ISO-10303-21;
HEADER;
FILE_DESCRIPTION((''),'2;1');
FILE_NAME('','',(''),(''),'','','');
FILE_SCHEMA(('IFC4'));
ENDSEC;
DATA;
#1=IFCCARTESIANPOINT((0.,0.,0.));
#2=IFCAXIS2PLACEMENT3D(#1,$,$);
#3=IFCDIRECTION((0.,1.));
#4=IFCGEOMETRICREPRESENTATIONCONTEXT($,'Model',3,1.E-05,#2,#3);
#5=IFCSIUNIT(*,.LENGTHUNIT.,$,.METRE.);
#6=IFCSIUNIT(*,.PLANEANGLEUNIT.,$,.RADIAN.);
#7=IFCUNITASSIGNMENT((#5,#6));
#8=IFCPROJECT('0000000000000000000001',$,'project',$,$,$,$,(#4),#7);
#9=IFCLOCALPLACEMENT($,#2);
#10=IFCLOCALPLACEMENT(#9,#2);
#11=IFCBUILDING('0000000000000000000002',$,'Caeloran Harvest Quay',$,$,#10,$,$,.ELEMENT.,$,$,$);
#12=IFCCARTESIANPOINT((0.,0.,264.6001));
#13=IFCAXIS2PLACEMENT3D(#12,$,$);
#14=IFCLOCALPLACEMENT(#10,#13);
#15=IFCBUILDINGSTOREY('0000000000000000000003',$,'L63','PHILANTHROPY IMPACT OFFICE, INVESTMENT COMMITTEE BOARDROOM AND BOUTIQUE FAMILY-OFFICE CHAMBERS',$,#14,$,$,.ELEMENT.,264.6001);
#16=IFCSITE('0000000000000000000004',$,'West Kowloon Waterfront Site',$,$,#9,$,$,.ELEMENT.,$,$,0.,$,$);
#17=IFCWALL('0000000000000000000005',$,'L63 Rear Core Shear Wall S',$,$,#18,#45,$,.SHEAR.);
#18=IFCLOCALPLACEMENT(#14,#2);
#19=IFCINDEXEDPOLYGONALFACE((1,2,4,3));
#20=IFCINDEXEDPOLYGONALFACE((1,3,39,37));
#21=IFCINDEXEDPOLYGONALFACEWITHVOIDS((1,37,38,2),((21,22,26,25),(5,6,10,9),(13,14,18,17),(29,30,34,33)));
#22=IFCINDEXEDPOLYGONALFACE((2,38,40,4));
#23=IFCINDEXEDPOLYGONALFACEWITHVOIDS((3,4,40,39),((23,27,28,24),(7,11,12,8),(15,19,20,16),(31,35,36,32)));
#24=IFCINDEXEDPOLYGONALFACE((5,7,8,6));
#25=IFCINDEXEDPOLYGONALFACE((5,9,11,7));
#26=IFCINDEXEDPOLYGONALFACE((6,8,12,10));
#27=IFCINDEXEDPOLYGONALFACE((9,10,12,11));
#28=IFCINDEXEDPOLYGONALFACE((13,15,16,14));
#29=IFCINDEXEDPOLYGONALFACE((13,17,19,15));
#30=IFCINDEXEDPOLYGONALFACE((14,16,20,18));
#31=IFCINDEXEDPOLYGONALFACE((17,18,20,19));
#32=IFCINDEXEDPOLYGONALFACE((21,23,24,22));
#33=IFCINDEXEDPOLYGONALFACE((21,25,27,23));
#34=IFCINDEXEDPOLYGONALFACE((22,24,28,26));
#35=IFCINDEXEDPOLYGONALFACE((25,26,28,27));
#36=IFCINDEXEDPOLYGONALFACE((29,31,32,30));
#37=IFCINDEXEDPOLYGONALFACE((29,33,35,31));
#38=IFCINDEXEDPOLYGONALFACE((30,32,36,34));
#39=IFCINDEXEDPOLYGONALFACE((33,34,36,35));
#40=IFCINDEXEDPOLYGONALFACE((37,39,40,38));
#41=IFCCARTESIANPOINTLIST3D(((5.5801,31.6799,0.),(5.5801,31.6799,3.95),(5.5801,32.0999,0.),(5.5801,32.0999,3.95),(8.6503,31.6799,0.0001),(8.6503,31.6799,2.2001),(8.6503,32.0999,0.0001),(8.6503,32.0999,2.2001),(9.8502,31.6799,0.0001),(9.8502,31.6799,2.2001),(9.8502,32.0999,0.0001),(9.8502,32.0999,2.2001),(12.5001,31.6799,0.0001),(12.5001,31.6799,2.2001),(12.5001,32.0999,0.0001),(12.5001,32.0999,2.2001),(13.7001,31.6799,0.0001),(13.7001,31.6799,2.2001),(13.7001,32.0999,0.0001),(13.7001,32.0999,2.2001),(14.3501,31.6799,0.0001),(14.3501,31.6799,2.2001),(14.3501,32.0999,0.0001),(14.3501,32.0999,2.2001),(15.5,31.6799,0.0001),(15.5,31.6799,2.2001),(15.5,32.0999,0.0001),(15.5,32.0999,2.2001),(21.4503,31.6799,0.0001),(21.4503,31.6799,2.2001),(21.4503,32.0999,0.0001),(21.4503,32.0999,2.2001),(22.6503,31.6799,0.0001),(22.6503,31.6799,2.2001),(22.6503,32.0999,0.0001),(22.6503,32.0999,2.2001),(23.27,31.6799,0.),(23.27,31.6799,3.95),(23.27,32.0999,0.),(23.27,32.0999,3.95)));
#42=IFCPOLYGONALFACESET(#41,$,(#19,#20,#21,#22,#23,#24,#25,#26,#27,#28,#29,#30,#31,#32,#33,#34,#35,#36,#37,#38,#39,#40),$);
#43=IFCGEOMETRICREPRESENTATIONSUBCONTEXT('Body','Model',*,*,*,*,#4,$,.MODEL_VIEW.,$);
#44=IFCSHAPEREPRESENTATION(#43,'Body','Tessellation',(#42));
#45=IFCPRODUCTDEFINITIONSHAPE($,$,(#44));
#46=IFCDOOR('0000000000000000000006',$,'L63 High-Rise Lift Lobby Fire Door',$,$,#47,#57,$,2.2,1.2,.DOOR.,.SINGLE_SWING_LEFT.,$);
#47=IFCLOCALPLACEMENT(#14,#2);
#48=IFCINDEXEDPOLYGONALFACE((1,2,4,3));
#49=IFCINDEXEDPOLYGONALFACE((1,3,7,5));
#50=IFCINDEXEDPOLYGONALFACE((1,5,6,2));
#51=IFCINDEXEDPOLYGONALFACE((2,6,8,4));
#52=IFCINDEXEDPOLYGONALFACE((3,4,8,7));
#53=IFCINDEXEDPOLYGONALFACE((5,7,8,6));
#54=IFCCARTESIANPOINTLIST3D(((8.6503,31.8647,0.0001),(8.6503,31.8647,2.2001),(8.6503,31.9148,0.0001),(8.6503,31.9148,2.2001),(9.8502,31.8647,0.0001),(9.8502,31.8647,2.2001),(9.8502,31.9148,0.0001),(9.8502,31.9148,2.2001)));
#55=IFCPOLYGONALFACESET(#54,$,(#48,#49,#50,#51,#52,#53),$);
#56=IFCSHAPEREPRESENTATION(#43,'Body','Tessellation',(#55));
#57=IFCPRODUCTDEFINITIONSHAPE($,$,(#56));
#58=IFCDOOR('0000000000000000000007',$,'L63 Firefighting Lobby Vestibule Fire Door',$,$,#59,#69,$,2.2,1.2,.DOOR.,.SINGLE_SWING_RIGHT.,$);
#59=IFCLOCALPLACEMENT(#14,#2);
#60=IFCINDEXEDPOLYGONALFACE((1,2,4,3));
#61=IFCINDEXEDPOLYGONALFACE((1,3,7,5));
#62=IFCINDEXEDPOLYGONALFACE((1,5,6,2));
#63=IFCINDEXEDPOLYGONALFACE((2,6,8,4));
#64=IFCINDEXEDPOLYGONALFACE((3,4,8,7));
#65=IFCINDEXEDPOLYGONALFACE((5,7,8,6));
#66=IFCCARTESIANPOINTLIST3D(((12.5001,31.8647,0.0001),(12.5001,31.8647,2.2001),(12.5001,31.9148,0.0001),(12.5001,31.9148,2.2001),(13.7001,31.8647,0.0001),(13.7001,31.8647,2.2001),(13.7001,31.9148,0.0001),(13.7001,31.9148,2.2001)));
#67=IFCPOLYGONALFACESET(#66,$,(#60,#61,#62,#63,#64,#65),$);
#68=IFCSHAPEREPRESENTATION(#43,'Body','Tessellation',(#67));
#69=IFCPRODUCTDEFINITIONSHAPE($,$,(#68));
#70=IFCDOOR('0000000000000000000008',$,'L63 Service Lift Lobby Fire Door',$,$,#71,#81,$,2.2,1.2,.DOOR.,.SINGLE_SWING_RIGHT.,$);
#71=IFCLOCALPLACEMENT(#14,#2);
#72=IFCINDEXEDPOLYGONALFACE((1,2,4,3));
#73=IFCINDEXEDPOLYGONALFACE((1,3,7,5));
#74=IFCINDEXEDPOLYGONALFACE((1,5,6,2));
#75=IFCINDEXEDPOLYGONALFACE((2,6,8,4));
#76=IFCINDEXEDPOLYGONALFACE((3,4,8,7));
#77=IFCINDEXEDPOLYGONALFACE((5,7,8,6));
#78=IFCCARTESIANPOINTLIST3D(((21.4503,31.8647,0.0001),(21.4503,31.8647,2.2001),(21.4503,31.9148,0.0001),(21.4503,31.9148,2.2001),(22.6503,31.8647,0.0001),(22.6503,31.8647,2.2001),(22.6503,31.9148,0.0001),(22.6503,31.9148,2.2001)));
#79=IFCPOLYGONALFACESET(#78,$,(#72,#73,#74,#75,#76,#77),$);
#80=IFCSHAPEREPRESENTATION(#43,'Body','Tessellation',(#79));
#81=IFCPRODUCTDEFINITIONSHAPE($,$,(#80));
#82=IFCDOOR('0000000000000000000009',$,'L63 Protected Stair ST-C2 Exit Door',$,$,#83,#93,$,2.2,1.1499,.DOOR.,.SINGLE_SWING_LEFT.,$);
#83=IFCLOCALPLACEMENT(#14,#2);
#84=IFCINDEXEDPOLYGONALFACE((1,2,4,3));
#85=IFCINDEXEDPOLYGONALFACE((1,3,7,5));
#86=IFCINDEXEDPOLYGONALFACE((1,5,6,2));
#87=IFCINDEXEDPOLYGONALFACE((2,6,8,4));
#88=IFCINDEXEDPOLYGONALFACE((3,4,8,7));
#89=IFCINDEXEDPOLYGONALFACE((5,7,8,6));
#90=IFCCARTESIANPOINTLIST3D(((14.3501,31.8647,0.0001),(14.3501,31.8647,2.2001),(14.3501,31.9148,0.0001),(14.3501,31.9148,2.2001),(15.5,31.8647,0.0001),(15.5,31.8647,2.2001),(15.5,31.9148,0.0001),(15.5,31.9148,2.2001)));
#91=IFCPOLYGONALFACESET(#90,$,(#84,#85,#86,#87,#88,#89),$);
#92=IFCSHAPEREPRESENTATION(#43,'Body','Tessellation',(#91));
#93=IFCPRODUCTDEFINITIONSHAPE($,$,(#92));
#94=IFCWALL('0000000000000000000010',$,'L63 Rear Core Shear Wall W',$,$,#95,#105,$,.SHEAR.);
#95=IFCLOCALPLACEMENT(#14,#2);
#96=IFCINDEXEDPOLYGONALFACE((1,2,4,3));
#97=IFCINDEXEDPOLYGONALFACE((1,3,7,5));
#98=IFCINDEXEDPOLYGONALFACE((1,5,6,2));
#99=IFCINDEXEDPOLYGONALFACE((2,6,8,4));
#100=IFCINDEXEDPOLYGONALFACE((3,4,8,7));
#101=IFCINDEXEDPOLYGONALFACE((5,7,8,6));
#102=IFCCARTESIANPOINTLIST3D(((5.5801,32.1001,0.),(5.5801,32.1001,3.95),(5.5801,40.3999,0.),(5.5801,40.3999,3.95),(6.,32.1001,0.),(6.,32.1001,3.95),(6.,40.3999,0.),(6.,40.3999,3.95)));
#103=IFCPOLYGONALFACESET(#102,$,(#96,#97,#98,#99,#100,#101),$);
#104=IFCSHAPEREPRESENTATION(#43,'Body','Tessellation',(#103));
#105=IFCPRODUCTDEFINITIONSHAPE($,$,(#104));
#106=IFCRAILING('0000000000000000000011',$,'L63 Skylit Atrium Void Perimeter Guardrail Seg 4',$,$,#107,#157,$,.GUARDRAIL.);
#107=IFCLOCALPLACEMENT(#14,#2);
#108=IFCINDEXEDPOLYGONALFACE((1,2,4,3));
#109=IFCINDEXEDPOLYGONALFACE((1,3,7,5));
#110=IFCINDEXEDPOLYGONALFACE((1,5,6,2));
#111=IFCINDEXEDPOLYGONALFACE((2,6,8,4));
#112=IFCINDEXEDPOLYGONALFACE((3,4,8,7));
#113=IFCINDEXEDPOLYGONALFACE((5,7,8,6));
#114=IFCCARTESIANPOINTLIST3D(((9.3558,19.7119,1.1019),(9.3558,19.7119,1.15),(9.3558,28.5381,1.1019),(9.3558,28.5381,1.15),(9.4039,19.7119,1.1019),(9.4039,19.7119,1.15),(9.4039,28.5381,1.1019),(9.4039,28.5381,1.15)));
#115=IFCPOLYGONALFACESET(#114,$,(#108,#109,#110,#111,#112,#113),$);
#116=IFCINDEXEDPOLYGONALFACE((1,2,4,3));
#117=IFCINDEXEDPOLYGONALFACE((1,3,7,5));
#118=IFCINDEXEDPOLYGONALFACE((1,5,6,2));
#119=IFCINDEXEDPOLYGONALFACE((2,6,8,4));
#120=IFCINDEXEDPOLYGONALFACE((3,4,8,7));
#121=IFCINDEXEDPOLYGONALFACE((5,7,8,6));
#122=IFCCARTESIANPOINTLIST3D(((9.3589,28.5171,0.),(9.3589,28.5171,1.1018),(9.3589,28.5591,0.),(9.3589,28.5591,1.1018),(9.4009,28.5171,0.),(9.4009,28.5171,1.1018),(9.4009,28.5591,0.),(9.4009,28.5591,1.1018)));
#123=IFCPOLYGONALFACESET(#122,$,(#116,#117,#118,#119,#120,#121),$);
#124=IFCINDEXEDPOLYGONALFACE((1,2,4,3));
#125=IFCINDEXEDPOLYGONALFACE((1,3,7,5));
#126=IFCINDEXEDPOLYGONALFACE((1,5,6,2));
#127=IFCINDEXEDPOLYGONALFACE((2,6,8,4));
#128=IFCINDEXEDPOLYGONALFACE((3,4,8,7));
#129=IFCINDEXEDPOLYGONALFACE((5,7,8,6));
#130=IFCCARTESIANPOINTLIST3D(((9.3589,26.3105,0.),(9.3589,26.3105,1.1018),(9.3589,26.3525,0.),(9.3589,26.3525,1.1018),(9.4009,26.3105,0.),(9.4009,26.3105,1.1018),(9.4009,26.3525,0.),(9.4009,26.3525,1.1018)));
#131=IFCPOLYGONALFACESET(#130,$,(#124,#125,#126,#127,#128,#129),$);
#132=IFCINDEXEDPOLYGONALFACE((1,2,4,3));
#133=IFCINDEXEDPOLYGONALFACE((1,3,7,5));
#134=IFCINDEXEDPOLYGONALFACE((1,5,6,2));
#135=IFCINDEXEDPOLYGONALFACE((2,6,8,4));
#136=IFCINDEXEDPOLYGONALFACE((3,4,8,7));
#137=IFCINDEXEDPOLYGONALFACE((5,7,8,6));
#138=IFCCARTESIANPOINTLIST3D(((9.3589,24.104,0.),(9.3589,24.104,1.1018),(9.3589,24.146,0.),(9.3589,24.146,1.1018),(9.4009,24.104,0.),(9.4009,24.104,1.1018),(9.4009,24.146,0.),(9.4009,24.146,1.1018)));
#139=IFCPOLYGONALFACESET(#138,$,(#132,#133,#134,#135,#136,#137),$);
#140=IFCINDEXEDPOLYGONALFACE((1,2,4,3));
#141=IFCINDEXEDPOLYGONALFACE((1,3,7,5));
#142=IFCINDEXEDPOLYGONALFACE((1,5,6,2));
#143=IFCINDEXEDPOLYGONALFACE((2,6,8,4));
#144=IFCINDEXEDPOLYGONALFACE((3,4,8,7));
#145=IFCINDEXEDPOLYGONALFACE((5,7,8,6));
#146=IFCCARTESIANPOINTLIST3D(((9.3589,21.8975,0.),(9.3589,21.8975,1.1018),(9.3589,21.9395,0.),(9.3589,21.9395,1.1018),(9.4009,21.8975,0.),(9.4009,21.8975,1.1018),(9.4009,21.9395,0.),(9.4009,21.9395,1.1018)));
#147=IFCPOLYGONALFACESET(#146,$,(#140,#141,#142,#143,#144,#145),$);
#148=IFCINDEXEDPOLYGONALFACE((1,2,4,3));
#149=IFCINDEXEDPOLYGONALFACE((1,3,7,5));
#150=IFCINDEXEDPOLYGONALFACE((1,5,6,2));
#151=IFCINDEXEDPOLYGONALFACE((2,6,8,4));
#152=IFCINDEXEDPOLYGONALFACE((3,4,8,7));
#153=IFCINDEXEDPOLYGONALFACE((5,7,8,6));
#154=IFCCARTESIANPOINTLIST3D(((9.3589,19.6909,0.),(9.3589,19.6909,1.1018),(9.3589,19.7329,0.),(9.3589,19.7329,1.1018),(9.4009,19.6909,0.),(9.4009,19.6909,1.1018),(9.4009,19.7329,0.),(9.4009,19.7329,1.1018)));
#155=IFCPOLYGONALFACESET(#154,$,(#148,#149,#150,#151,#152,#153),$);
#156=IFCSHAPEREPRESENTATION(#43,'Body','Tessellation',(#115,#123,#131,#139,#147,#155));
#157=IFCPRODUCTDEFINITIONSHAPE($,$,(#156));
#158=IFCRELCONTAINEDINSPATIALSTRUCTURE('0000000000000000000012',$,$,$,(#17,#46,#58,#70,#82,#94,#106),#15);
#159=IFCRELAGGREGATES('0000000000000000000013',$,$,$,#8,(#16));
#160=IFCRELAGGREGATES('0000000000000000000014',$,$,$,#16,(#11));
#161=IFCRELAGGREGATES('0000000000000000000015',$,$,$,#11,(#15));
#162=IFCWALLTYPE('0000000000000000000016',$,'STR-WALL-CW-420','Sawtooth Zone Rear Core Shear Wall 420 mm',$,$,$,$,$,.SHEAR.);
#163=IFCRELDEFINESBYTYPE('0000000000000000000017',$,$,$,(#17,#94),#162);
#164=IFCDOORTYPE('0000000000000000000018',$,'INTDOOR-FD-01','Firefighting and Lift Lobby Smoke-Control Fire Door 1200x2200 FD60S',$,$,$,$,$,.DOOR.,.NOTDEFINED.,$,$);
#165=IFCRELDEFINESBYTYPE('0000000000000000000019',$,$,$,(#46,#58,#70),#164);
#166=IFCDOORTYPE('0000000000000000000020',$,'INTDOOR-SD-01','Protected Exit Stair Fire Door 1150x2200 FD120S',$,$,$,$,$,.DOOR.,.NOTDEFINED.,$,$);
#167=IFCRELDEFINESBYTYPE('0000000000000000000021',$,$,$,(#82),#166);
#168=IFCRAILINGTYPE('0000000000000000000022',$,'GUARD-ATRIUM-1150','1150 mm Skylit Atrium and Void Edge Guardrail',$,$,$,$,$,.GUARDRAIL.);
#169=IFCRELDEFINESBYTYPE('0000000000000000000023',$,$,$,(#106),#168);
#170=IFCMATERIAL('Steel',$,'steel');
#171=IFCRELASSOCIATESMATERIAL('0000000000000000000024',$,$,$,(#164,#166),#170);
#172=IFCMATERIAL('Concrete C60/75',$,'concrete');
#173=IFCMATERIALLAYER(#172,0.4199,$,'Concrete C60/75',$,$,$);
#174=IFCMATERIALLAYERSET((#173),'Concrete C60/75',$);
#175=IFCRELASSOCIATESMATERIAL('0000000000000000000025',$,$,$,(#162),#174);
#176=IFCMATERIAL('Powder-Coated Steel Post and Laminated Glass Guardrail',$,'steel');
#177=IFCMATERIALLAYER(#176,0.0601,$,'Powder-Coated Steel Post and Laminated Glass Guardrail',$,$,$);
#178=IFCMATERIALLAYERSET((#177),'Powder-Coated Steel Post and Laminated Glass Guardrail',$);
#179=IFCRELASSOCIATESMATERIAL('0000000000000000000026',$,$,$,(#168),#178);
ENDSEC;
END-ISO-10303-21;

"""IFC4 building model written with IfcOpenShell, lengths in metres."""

from ifc_helpers import new_model, si_unit, direction, frame, frame_2d, origin, origin_2d, place, context, subcontext, project, spatial, rectangle, extrude, material, layer, layer_set, type_object, element, fill, save


model = new_model("IFC4")

# Units and contexts
model_context = context("Model", 3, precision=1e-05, world=origin(), true_north=direction((0.0, 1.0)))
body_context = subcontext(model_context, "Body", "Model", "MODEL_VIEW")
ifc_project = project(units=[si_unit("LENGTHUNIT", "METRE"), si_unit("PLANEANGLEUNIT", "RADIAN")], contexts=[model_context])

# Site, building, storey
site_placement = place(None, origin())
site = spatial("IfcSite", under=ifc_project, at=site_placement, Name="West Kowloon Waterfront Site", CompositionType="ELEMENT", RefElevation=0.0)
building_placement = place(site_placement, origin())
building = spatial("IfcBuilding", under=site, at=building_placement, Name="Caeloran Harvest Quay", CompositionType="ELEMENT")
storey_placement = place(building_placement, frame((0.0, 0.0, 264.6001)))
storey = spatial("IfcBuildingStorey", under=building, at=storey_placement, Name="L63", Description="PHILANTHROPY IMPACT OFFICE, INVESTMENT COMMITTEE BOARDROOM AND BOUTIQUE FAMILY-OFFICE CHAMBERS", CompositionType="ELEMENT", Elevation=264.6001)

# Shared definitions
ifc_material_1 = material(Name="Concrete C60/75", Category="concrete")

# Shared definitions
ifc_material_2 = material(Name="Steel", Category="steel")
door_type_1 = type_object("IfcDoorType", Name="INTDOOR-FD-01", Description="Firefighting and Lift Lobby Smoke-Control Fire Door 1200x2200 FD60S", OperationType="NOTDEFINED", PredefinedType="DOOR", material=ifc_material_2)

# Wall, openings, doors
ifc_layer_1 = layer(ifc_material_1, 0.4199, Name="Concrete C60/75")
ifc_layer_set_1 = layer_set([ifc_layer_1], Name="Concrete C60/75")
wall_type_1 = type_object("IfcWallType", Name="STR-WALL-CW-420", Description="Sawtooth Zone Rear Core Shear Wall 420 mm", PredefinedType="SHEAR", material=ifc_layer_set_1)
wall_1_placement = place(storey_placement, frame((5.5801, 31.8899, 0.0), z_axis=(0.0, 0.0, 1.0), x_axis=(1.0, 0.0, 0.0)))
wall_1 = element("IfcWall", 1, at=wall_1_placement, inside=storey, type_object=wall_type_1, Name="L63 Rear Core Shear Wall S", PredefinedType="SHEAR", context=body_context, shape_type="SweptSolid", body=[
    extrude(rectangle(XDim=17.6899, YDim=0.4199, at=frame_2d((8.845, 0.0))), origin(), (0.0, 0.0, 1.0), 3.95),
])
opening_1_placement = place(wall_1_placement, frame((3.0701, 0.0, 0.0)))
opening_1 = element("IfcOpeningElement", 2, at=opening_1_placement, cuts=wall_1, PredefinedType="OPENING", context=body_context, shape_type="SweptSolid", body=[
    extrude(rectangle(XDim=1.2, YDim=2.2, at=frame_2d((0.6001, 1.1001))), frame((0.0, 0.22, 0.0), z_axis=(0.0, -1.0, 0.0), x_axis=(1.0, 0.0, 0.0)), (0.0, 0.0, 1.0), 0.4399),
])
opening_2_placement = place(wall_1_placement, frame((6.9199, 0.0, 0.0)))
opening_2 = element("IfcOpeningElement", 3, at=opening_2_placement, cuts=wall_1, PredefinedType="OPENING", context=body_context, shape_type="SweptSolid", body=[
    extrude(rectangle(XDim=1.2, YDim=2.2, at=frame_2d((0.6001, 1.1001))), frame((0.0, 0.22, 0.0), z_axis=(0.0, -1.0, 0.0), x_axis=(1.0, 0.0, 0.0)), (0.0, 0.0, 1.0), 0.4399),
])
opening_3_placement = place(wall_1_placement, frame((8.77, 0.0, 0.0)))
opening_3 = element("IfcOpeningElement", 4, at=opening_3_placement, cuts=wall_1, PredefinedType="OPENING", context=body_context, shape_type="SweptSolid", body=[
    extrude(rectangle(XDim=1.1499, YDim=2.2, at=frame_2d((0.575, 1.1001))), frame((0.0, 0.22, 0.0), z_axis=(0.0, -1.0, 0.0), x_axis=(1.0, 0.0, 0.0)), (0.0, 0.0, 1.0), 0.4399),
])
opening_4_placement = place(wall_1_placement, frame((15.8701, 0.0, 0.0)))
opening_4 = element("IfcOpeningElement", 5, at=opening_4_placement, cuts=wall_1, PredefinedType="OPENING", context=body_context, shape_type="SweptSolid", body=[
    extrude(rectangle(XDim=1.2, YDim=2.2, at=frame_2d((0.6001, 1.1001))), frame((0.0, 0.22, 0.0), z_axis=(0.0, -1.0, 0.0), x_axis=(1.0, 0.0, 0.0)), (0.0, 0.0, 1.0), 0.4399),
])
door_1_placement = place(opening_1_placement, origin())
door_1 = element("IfcDoor", 6, at=door_1_placement, inside=storey, type_object=door_type_1, Name="L63 High-Rise Lift Lobby Fire Door", OperationType="SINGLE_SWING_LEFT", OverallHeight=2.2, OverallWidth=1.2, PredefinedType="DOOR", context=body_context, shape_type="SweptSolid", body=[
    extrude(rectangle(XDim=1.2, YDim=2.2, at=frame_2d((0.6001, 1.1001))), frame((0.0, 0.0249, 0.0), z_axis=(0.0, -1.0, 0.0), x_axis=(1.0, 0.0, 0.0)), (0.0, 0.0, 1.0), 0.05),
])
fill(opening_1, door_1)
door_2_placement = place(opening_2_placement, origin())
door_2 = element("IfcDoor", 7, at=door_2_placement, inside=storey, type_object=door_type_1, Name="L63 Firefighting Lobby Vestibule Fire Door", OperationType="SINGLE_SWING_RIGHT", OverallHeight=2.2, OverallWidth=1.2, PredefinedType="DOOR", context=body_context, shape_type="SweptSolid", body=[
    extrude(rectangle(XDim=1.2, YDim=2.2, at=frame_2d((0.6001, 1.1001))), frame((0.0, 0.0249, 0.0), z_axis=(0.0, -1.0, 0.0), x_axis=(1.0, 0.0, 0.0)), (0.0, 0.0, 1.0), 0.05),
])
fill(opening_2, door_2)
door_3_placement = place(opening_4_placement, origin())
door_3 = element("IfcDoor", 8, at=door_3_placement, inside=storey, type_object=door_type_1, Name="L63 Service Lift Lobby Fire Door", OperationType="SINGLE_SWING_RIGHT", OverallHeight=2.2, OverallWidth=1.2, PredefinedType="DOOR", context=body_context, shape_type="SweptSolid", body=[
    extrude(rectangle(XDim=1.2, YDim=2.2, at=frame_2d((0.6001, 1.1001))), frame((0.0, 0.0249, 0.0), z_axis=(0.0, -1.0, 0.0), x_axis=(1.0, 0.0, 0.0)), (0.0, 0.0, 1.0), 0.05),
])
fill(opening_4, door_3)
door_type_2 = type_object("IfcDoorType", Name="INTDOOR-SD-01", Description="Protected Exit Stair Fire Door 1150x2200 FD120S", OperationType="NOTDEFINED", PredefinedType="DOOR", material=ifc_material_2)
door_4_placement = place(opening_3_placement, origin())
door_4 = element("IfcDoor", 9, at=door_4_placement, inside=storey, type_object=door_type_2, Name="L63 Protected Stair ST-C2 Exit Door", OperationType="SINGLE_SWING_LEFT", OverallHeight=2.2, OverallWidth=1.1499, PredefinedType="DOOR", context=body_context, shape_type="SweptSolid", body=[
    extrude(rectangle(XDim=1.1499, YDim=2.2, at=frame_2d((0.575, 1.1001))), frame((0.0, 0.0249, 0.0), z_axis=(0.0, -1.0, 0.0), x_axis=(1.0, 0.0, 0.0)), (0.0, 0.0, 1.0), 0.05),
])
fill(opening_3, door_4)

# Wall
wall_2_placement = place(storey_placement, frame((5.79, 32.1001, 0.0), z_axis=(0.0, 0.0, 1.0), x_axis=(0.0, 1.0, 0.0)))
element("IfcWall", 10, at=wall_2_placement, inside=storey, type_object=wall_type_1, Name="L63 Rear Core Shear Wall W", PredefinedType="SHEAR", context=body_context, shape_type="SweptSolid", body=[
    extrude(rectangle(XDim=8.2998, YDim=0.4199, at=frame_2d((4.1499, 0.0))), origin(), (0.0, 0.0, 1.0), 3.95),
])

# Railing
ifc_material_3 = material(Name="Powder-Coated Steel Post and Laminated Glass Guardrail", Category="steel")
ifc_layer_2 = layer(ifc_material_3, 0.0601, Name="Powder-Coated Steel Post and Laminated Glass Guardrail")
ifc_layer_set_2 = layer_set([ifc_layer_2], Name="Powder-Coated Steel Post and Laminated Glass Guardrail")
railing_type = type_object("IfcRailingType", Name="GUARD-ATRIUM-1150", Description="1150 mm Skylit Atrium and Void Edge Guardrail", PredefinedType="GUARDRAIL", material=ifc_layer_set_2)
railing_placement = place(storey_placement, frame((9.3799, 28.5381, 0.0)))
element("IfcRailing", 11, at=railing_placement, inside=storey, type_object=railing_type, Name="L63 Skylit Atrium Void Perimeter Guardrail Seg 4", PredefinedType="GUARDRAIL", context=body_context, shape_type="SweptSolid", body=[
    extrude(rectangle(XDim=0.0481, YDim=0.0481, at=origin_2d()), frame((0.0, 0.0, 1.126), z_axis=(0.0, -1.0, 0.0), x_axis=(1.0, 0.0, 0.0)), (0.0, 0.0, 1.0), 8.8262),
    extrude(rectangle(XDim=0.042, YDim=0.042, at=origin_2d()), origin(), (0.0, 0.0, 1.0), 1.1018),
    extrude(rectangle(XDim=0.042, YDim=0.042, at=origin_2d()), frame((0.0, -2.2065, 0.0)), (0.0, 0.0, 1.0), 1.1018),
    extrude(rectangle(XDim=0.042, YDim=0.042, at=origin_2d()), frame((0.0, -4.4131, 0.0)), (0.0, 0.0, 1.0), 1.1018),
    extrude(rectangle(XDim=0.042, YDim=0.042, at=origin_2d()), frame((0.0, -6.6196, 0.0)), (0.0, 0.0, 1.0), 1.1018),
    extrude(rectangle(XDim=0.042, YDim=0.042, at=origin_2d()), frame((0.0, -8.8262, 0.0)), (0.0, 0.0, 1.0), 1.1018),
])

save(model, "model.ifc")
